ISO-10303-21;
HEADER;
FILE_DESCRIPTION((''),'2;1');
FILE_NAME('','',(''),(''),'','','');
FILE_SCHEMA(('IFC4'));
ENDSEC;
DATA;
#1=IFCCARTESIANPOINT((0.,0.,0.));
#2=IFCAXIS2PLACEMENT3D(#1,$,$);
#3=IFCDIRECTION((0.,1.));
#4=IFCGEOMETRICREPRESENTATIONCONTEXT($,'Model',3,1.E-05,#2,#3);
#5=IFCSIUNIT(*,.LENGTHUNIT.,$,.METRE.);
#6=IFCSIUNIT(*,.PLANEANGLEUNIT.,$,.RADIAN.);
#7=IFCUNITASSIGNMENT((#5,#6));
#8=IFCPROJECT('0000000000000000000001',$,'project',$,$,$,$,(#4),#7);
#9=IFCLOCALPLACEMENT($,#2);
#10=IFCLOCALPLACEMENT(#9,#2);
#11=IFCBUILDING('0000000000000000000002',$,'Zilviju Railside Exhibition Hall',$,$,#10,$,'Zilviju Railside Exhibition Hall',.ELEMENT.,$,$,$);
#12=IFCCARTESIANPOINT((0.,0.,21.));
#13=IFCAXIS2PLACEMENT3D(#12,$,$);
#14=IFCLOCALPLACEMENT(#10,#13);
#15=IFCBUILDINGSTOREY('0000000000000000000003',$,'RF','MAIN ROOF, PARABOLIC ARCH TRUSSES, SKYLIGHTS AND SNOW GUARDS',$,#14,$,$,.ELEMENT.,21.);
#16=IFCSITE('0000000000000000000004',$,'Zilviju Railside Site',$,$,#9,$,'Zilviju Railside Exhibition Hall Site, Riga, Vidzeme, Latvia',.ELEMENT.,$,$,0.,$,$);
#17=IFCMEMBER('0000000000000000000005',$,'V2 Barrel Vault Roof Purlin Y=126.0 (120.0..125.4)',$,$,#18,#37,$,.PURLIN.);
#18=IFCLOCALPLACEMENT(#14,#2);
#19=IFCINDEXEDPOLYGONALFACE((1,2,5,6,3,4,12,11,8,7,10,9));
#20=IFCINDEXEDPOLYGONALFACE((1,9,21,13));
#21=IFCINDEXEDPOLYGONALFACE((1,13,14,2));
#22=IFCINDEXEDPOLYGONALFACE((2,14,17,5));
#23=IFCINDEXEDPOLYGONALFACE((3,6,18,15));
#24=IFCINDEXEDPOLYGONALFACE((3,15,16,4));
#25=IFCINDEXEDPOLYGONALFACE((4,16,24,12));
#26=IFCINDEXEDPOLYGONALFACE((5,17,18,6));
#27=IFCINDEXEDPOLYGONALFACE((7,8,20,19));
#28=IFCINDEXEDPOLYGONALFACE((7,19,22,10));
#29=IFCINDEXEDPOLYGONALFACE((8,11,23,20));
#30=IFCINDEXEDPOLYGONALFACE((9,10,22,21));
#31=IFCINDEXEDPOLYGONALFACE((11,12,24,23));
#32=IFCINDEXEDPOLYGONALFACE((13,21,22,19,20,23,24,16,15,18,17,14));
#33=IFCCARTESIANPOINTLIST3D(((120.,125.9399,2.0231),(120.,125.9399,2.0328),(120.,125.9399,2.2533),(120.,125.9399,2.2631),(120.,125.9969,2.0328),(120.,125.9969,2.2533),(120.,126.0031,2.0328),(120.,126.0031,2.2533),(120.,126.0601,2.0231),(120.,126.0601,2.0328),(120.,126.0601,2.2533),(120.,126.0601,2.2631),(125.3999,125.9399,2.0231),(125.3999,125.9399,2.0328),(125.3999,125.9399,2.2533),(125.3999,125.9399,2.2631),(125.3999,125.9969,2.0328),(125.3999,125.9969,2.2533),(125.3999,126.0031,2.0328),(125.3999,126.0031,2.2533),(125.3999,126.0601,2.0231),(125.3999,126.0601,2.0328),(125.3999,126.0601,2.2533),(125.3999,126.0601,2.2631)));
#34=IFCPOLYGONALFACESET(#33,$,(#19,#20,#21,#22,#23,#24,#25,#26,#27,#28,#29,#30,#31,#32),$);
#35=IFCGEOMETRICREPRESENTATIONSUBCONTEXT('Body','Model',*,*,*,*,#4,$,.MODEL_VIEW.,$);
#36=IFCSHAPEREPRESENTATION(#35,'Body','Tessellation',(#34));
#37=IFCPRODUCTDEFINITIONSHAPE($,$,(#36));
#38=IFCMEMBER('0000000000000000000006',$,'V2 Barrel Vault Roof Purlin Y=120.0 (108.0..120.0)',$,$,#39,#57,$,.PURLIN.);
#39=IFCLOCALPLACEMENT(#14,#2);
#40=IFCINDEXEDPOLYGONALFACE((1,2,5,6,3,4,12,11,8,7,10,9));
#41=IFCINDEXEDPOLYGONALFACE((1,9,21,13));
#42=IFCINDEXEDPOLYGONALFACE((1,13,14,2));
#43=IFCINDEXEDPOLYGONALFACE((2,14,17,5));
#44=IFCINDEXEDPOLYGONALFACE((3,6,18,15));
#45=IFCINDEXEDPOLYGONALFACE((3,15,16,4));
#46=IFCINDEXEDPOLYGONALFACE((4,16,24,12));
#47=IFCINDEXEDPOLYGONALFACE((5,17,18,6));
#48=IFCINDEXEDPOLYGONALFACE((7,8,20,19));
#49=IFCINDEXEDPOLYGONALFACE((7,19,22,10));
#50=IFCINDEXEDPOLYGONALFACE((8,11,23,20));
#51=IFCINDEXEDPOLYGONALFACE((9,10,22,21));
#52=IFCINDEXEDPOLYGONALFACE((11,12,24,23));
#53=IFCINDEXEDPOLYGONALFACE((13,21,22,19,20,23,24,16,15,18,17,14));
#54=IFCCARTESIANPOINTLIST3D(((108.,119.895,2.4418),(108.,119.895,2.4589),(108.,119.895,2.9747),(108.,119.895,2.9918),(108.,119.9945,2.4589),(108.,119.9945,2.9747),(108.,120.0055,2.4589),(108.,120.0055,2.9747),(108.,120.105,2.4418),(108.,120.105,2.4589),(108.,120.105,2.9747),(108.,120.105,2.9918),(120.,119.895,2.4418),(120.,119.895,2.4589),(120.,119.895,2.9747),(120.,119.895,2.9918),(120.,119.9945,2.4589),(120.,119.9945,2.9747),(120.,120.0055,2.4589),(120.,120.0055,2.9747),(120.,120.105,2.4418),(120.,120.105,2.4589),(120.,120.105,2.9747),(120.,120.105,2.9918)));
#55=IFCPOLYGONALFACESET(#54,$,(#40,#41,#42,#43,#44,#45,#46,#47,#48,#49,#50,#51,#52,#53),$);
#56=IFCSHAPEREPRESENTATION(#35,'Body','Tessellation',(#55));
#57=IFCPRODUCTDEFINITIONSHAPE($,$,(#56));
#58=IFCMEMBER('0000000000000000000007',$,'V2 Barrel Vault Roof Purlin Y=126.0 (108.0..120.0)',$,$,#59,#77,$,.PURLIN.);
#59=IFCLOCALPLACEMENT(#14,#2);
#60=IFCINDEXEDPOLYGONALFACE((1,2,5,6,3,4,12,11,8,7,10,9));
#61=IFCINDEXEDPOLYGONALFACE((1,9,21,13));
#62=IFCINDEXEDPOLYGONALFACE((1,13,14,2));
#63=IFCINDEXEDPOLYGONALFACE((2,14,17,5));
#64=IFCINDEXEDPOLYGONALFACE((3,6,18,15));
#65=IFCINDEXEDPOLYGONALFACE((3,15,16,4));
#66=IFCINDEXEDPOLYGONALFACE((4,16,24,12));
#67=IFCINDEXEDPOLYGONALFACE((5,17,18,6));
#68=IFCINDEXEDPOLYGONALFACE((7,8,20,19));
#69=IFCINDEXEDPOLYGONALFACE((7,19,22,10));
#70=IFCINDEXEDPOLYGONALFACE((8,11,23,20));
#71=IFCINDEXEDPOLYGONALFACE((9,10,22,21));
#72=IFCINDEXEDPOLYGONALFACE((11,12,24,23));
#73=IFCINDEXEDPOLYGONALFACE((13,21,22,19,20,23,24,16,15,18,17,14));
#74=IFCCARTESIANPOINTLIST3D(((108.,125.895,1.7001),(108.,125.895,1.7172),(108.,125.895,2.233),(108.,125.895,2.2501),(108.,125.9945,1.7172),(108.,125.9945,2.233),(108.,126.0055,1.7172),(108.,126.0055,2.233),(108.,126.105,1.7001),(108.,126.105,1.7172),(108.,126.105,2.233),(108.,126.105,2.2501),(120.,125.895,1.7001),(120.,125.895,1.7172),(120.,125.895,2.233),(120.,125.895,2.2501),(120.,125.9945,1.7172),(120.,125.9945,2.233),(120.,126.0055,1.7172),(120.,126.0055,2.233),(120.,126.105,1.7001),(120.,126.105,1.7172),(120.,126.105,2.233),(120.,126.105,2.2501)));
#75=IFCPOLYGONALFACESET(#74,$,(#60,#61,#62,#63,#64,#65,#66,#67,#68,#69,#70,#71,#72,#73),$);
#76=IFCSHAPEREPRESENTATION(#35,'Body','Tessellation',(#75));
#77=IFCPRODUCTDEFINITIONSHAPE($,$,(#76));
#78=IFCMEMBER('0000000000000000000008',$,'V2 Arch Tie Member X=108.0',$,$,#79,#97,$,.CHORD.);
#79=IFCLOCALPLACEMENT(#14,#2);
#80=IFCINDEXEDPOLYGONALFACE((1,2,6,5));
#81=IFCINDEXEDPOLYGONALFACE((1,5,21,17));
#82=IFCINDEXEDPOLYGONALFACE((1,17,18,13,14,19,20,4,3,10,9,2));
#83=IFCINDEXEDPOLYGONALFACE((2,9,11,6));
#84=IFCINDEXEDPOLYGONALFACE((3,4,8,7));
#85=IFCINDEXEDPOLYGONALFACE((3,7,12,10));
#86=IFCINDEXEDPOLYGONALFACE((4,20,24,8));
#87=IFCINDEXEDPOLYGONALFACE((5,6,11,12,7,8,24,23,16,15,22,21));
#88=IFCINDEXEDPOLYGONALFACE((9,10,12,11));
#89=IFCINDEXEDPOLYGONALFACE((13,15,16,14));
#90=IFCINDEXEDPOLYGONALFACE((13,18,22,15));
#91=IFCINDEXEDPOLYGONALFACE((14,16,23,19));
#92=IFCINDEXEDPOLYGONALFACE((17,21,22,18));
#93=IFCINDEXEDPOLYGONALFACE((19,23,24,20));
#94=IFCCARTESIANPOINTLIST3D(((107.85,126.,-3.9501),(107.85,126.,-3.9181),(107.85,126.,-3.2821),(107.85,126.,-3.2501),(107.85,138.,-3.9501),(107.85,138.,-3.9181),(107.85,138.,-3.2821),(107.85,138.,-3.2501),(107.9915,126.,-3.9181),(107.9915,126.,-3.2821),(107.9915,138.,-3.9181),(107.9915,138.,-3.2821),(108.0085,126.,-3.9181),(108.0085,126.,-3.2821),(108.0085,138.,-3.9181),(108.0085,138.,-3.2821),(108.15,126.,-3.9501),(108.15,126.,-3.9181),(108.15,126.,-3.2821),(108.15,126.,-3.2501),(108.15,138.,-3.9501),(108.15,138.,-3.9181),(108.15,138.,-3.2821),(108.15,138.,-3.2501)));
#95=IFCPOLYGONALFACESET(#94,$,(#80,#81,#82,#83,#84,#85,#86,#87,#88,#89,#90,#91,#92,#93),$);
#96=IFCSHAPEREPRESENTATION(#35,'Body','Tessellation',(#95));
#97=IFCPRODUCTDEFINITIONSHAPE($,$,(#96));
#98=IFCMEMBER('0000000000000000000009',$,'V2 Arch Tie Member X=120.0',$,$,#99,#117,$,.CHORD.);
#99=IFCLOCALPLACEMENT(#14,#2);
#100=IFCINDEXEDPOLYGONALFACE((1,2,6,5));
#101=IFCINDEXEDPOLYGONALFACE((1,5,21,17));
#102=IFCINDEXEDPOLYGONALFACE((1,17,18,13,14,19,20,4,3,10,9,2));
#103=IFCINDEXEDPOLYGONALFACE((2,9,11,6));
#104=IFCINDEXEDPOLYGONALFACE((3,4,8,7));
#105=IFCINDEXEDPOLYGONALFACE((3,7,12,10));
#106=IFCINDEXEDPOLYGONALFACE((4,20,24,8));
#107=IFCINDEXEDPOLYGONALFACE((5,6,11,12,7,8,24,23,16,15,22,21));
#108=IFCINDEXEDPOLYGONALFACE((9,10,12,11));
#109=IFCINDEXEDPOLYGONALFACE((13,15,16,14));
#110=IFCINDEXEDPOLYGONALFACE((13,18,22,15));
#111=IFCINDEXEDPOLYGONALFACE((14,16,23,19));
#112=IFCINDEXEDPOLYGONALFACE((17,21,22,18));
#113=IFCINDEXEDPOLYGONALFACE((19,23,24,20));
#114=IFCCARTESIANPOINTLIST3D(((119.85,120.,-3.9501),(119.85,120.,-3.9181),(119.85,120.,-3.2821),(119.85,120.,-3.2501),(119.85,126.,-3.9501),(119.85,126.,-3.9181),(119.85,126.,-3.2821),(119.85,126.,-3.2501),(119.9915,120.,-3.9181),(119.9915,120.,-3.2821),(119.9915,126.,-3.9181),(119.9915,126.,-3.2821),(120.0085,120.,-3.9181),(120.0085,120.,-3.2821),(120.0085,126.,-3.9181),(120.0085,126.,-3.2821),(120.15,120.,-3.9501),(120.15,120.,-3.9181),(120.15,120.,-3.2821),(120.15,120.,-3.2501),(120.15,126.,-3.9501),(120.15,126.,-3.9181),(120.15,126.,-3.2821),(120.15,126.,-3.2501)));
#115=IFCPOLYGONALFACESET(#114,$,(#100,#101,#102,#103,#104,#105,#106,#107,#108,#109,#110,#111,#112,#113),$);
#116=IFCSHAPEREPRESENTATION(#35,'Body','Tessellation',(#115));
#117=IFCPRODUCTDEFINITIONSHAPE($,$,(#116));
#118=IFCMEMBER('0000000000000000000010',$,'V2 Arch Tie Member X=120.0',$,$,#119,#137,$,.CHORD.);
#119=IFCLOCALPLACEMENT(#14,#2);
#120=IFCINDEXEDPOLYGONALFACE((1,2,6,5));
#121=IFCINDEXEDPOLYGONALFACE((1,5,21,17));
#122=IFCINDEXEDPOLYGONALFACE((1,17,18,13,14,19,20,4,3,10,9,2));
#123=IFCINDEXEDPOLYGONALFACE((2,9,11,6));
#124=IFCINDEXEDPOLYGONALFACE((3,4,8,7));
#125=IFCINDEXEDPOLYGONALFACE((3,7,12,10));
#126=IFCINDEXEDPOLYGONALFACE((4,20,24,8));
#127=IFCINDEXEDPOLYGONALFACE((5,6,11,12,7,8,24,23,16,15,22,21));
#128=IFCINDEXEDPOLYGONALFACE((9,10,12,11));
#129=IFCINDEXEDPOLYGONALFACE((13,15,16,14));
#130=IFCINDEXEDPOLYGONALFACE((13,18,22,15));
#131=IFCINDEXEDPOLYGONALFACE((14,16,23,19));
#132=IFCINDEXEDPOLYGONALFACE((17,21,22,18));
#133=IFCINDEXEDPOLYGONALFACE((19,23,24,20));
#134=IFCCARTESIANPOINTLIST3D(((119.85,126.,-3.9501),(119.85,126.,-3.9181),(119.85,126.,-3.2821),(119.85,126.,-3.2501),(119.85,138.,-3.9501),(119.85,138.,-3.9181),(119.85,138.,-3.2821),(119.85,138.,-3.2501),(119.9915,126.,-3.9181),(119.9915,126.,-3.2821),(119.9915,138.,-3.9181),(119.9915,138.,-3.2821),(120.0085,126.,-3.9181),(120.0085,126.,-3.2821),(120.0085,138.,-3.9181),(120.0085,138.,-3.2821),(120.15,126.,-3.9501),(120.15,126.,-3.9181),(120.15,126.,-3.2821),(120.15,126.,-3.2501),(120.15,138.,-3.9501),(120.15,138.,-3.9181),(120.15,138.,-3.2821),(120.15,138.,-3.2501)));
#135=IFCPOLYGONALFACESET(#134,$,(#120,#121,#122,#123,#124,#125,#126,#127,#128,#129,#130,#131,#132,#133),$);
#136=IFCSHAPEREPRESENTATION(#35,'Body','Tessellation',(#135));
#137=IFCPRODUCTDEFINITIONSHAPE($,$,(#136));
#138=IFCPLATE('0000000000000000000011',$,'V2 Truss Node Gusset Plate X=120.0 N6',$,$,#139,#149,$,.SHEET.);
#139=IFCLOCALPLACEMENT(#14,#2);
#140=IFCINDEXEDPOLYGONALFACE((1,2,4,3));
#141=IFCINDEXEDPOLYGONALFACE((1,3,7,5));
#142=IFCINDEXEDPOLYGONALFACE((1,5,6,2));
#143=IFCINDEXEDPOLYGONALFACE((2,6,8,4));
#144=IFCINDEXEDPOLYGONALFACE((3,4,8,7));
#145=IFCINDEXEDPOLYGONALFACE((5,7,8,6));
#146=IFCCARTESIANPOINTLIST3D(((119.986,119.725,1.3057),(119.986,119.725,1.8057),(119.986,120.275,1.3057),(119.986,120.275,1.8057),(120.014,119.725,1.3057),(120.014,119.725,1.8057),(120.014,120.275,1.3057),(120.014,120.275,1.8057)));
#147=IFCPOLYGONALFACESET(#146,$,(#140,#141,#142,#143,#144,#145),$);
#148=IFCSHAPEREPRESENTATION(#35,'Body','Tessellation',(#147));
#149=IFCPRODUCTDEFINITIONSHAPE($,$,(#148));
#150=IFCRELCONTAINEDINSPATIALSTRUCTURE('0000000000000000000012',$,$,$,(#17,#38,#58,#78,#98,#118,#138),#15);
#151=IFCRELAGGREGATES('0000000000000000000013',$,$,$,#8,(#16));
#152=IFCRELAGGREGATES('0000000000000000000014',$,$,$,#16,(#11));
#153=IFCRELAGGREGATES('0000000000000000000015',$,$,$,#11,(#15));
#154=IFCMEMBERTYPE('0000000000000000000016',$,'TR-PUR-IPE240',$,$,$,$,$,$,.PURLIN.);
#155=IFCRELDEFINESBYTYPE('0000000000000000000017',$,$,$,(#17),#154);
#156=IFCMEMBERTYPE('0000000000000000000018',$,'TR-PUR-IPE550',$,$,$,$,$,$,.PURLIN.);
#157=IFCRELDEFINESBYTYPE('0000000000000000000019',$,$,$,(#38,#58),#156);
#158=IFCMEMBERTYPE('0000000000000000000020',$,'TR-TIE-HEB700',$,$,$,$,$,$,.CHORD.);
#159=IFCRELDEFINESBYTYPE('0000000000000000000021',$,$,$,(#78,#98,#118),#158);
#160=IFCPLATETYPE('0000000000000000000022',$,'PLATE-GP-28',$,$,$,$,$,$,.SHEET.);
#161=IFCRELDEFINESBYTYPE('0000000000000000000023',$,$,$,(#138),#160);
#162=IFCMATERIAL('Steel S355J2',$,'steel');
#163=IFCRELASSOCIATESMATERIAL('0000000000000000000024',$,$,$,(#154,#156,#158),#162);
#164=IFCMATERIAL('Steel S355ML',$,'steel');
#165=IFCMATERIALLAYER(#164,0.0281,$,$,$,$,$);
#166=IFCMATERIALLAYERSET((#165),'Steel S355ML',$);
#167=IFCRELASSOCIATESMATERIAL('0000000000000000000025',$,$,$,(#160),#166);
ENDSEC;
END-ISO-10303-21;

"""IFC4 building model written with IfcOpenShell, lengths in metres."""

from ifc_helpers import new_model, si_unit, direction, frame, origin, origin_2d, place, context, subcontext, project, spatial, rectangle, i_section, extrude, material, layer, layer_set, material_profile, profile_set, type_object, element, save


model = new_model("IFC4")

# Units and contexts
model_context = context("Model", 3, precision=1e-05, world=origin(), true_north=direction((0.0, 1.0)))
body_context = subcontext(model_context, "Body", "Model", "MODEL_VIEW")
ifc_project = project(units=[si_unit("LENGTHUNIT", "METRE"), si_unit("PLANEANGLEUNIT", "RADIAN")], contexts=[model_context])

# Site, building, storey
site_placement = place(None, origin())
site = spatial("IfcSite", under=ifc_project, at=site_placement, Name="Zilviju Railside Site", LongName="Zilviju Railside Exhibition Hall Site, Riga, Vidzeme, Latvia", CompositionType="ELEMENT", RefElevation=0.0)
building_placement = place(site_placement, origin())
building = spatial("IfcBuilding", under=site, at=building_placement, Name="Zilviju Railside Exhibition Hall", LongName="Zilviju Railside Exhibition Hall", CompositionType="ELEMENT")
storey_placement = place(building_placement, frame((0.0, 0.0, 21.0)))
storey = spatial("IfcBuildingStorey", under=building, at=storey_placement, Name="RF", Description="MAIN ROOF, PARABOLIC ARCH TRUSSES, SKYLIGHTS AND SNOW GUARDS", CompositionType="ELEMENT", Elevation=21.0)

# Members
ifc_material_1 = material(Name="Steel S355J2", Category="steel")
ifc_material_profile_1 = material_profile(ifc_material_1, i_section(OverallWidth=0.1201, OverallDepth=0.24, WebThickness=0.0061, FlangeThickness=0.0098, at=origin_2d()), Name="IPE 240")
ifc_profile_set_1 = profile_set([ifc_material_profile_1], Name="Steel S355J2")
member_type_1 = type_object("IfcMemberType", Name="TR-PUR-IPE240", PredefinedType="PURLIN", material=ifc_profile_set_1)
for number, where, z_axis, x_axis, name in (
    (1, (120.0, 126.0, 2.1431), (1.0, 0.0, 0.0), (0.0, 1.0, 0.0), "V2 Barrel Vault Roof Purlin Y=126.0 (120.0..125.4)"),
):
    element("IfcMember", number, at=place(storey_placement, frame(where, z_axis=z_axis, x_axis=x_axis)), inside=storey, type_object=member_type_1, Name=name, PredefinedType="PURLIN", context=body_context, shape_type="SweptSolid", body=[
        extrude(i_section(OverallWidth=0.1201, OverallDepth=0.24, WebThickness=0.0061, FlangeThickness=0.0098, at=origin_2d()), origin(), (0.0, 0.0, 1.0), 5.3999),
    ])
ifc_material_profile_2 = material_profile(ifc_material_1, i_section(OverallWidth=0.21, OverallDepth=0.55, WebThickness=0.011, FlangeThickness=0.0171, at=origin_2d()), Name="IPE 550")
ifc_profile_set_2 = profile_set([ifc_material_profile_2], Name="Steel S355J2")
member_type_2 = type_object("IfcMemberType", Name="TR-PUR-IPE550", PredefinedType="PURLIN", material=ifc_profile_set_2)
for number, where, z_axis, x_axis, name in (
    (2, (108.0, 120.0, 2.7168), (1.0, 0.0, 0.0), (0.0, 1.0, 0.0), "V2 Barrel Vault Roof Purlin Y=120.0 (108.0..120.0)"),
    (3, (108.0, 126.0, 1.9751), (1.0, 0.0, 0.0), (0.0, 1.0, 0.0), "V2 Barrel Vault Roof Purlin Y=126.0 (108.0..120.0)"),
):
    element("IfcMember", number, at=place(storey_placement, frame(where, z_axis=z_axis, x_axis=x_axis)), inside=storey, type_object=member_type_2, Name=name, PredefinedType="PURLIN", context=body_context, shape_type="SweptSolid", body=[
        extrude(i_section(OverallWidth=0.21, OverallDepth=0.55, WebThickness=0.011, FlangeThickness=0.0171, at=origin_2d()), origin(), (0.0, 0.0, 1.0), 12.0),
    ])
ifc_material_profile_3 = material_profile(ifc_material_1, i_section(OverallWidth=0.3, OverallDepth=0.7, WebThickness=0.0171, FlangeThickness=0.032, at=origin_2d()), Name="HEB 700")
ifc_profile_set_3 = profile_set([ifc_material_profile_3], Name="Steel S355J2")
member_type_3 = type_object("IfcMemberType", Name="TR-TIE-HEB700", PredefinedType="CHORD", material=ifc_profile_set_3)
member_1_placement = place(storey_placement, frame((108.0, 126.0, -3.6001), z_axis=(0.0, 1.0, 0.0), x_axis=(-1.0, 0.0, 0.0)))
element("IfcMember", 4, at=member_1_placement, inside=storey, type_object=member_type_3, Name="V2 Arch Tie Member X=108.0", PredefinedType="CHORD", context=body_context, shape_type="SweptSolid", body=[
    extrude(i_section(OverallWidth=0.3, OverallDepth=0.7, WebThickness=0.0171, FlangeThickness=0.032, at=origin_2d()), origin(), (0.0, 0.0, 1.0), 12.0),
])
member_2_placement = place(storey_placement, frame((120.0, 120.0, -3.6001), z_axis=(0.0, 1.0, 0.0), x_axis=(-1.0, 0.0, 0.0)))
element("IfcMember", 5, at=member_2_placement, inside=storey, type_object=member_type_3, Name="V2 Arch Tie Member X=120.0", PredefinedType="CHORD", context=body_context, shape_type="SweptSolid", body=[
    extrude(i_section(OverallWidth=0.3, OverallDepth=0.7, WebThickness=0.0171, FlangeThickness=0.032, at=origin_2d()), origin(), (0.0, 0.0, 1.0), 6.0),
])
member_3_placement = place(storey_placement, frame((120.0, 126.0, -3.6001), z_axis=(0.0, 1.0, 0.0), x_axis=(-1.0, 0.0, 0.0)))
element("IfcMember", 6, at=member_3_placement, inside=storey, type_object=member_type_3, Name="V2 Arch Tie Member X=120.0", PredefinedType="CHORD", context=body_context, shape_type="SweptSolid", body=[
    extrude(i_section(OverallWidth=0.3, OverallDepth=0.7, WebThickness=0.0171, FlangeThickness=0.032, at=origin_2d()), origin(), (0.0, 0.0, 1.0), 12.0),
])

# Plate
ifc_material_2 = material(Name="Steel S355ML", Category="steel")
ifc_layer = layer(ifc_material_2, 0.0281)
ifc_layer_set = layer_set([ifc_layer], Name="Steel S355ML")
plate_type = type_object("IfcPlateType", Name="PLATE-GP-28", PredefinedType="SHEET", material=ifc_layer_set)
plate_placement = place(storey_placement, frame((120.0, 120.0, 1.3057), z_axis=(0.0, 0.0, 1.0), x_axis=(1.0, 0.0, 0.0)))
element("IfcPlate", 7, at=plate_placement, inside=storey, type_object=plate_type, Name="V2 Truss Node Gusset Plate X=120.0 N6", PredefinedType="SHEET", context=body_context, shape_type="SweptSolid", body=[
    extrude(rectangle(XDim=0.0281, YDim=0.55, at=origin_2d()), origin(), (0.0, 0.0, 1.0), 0.5),
])

save(model, "model.ifc")
